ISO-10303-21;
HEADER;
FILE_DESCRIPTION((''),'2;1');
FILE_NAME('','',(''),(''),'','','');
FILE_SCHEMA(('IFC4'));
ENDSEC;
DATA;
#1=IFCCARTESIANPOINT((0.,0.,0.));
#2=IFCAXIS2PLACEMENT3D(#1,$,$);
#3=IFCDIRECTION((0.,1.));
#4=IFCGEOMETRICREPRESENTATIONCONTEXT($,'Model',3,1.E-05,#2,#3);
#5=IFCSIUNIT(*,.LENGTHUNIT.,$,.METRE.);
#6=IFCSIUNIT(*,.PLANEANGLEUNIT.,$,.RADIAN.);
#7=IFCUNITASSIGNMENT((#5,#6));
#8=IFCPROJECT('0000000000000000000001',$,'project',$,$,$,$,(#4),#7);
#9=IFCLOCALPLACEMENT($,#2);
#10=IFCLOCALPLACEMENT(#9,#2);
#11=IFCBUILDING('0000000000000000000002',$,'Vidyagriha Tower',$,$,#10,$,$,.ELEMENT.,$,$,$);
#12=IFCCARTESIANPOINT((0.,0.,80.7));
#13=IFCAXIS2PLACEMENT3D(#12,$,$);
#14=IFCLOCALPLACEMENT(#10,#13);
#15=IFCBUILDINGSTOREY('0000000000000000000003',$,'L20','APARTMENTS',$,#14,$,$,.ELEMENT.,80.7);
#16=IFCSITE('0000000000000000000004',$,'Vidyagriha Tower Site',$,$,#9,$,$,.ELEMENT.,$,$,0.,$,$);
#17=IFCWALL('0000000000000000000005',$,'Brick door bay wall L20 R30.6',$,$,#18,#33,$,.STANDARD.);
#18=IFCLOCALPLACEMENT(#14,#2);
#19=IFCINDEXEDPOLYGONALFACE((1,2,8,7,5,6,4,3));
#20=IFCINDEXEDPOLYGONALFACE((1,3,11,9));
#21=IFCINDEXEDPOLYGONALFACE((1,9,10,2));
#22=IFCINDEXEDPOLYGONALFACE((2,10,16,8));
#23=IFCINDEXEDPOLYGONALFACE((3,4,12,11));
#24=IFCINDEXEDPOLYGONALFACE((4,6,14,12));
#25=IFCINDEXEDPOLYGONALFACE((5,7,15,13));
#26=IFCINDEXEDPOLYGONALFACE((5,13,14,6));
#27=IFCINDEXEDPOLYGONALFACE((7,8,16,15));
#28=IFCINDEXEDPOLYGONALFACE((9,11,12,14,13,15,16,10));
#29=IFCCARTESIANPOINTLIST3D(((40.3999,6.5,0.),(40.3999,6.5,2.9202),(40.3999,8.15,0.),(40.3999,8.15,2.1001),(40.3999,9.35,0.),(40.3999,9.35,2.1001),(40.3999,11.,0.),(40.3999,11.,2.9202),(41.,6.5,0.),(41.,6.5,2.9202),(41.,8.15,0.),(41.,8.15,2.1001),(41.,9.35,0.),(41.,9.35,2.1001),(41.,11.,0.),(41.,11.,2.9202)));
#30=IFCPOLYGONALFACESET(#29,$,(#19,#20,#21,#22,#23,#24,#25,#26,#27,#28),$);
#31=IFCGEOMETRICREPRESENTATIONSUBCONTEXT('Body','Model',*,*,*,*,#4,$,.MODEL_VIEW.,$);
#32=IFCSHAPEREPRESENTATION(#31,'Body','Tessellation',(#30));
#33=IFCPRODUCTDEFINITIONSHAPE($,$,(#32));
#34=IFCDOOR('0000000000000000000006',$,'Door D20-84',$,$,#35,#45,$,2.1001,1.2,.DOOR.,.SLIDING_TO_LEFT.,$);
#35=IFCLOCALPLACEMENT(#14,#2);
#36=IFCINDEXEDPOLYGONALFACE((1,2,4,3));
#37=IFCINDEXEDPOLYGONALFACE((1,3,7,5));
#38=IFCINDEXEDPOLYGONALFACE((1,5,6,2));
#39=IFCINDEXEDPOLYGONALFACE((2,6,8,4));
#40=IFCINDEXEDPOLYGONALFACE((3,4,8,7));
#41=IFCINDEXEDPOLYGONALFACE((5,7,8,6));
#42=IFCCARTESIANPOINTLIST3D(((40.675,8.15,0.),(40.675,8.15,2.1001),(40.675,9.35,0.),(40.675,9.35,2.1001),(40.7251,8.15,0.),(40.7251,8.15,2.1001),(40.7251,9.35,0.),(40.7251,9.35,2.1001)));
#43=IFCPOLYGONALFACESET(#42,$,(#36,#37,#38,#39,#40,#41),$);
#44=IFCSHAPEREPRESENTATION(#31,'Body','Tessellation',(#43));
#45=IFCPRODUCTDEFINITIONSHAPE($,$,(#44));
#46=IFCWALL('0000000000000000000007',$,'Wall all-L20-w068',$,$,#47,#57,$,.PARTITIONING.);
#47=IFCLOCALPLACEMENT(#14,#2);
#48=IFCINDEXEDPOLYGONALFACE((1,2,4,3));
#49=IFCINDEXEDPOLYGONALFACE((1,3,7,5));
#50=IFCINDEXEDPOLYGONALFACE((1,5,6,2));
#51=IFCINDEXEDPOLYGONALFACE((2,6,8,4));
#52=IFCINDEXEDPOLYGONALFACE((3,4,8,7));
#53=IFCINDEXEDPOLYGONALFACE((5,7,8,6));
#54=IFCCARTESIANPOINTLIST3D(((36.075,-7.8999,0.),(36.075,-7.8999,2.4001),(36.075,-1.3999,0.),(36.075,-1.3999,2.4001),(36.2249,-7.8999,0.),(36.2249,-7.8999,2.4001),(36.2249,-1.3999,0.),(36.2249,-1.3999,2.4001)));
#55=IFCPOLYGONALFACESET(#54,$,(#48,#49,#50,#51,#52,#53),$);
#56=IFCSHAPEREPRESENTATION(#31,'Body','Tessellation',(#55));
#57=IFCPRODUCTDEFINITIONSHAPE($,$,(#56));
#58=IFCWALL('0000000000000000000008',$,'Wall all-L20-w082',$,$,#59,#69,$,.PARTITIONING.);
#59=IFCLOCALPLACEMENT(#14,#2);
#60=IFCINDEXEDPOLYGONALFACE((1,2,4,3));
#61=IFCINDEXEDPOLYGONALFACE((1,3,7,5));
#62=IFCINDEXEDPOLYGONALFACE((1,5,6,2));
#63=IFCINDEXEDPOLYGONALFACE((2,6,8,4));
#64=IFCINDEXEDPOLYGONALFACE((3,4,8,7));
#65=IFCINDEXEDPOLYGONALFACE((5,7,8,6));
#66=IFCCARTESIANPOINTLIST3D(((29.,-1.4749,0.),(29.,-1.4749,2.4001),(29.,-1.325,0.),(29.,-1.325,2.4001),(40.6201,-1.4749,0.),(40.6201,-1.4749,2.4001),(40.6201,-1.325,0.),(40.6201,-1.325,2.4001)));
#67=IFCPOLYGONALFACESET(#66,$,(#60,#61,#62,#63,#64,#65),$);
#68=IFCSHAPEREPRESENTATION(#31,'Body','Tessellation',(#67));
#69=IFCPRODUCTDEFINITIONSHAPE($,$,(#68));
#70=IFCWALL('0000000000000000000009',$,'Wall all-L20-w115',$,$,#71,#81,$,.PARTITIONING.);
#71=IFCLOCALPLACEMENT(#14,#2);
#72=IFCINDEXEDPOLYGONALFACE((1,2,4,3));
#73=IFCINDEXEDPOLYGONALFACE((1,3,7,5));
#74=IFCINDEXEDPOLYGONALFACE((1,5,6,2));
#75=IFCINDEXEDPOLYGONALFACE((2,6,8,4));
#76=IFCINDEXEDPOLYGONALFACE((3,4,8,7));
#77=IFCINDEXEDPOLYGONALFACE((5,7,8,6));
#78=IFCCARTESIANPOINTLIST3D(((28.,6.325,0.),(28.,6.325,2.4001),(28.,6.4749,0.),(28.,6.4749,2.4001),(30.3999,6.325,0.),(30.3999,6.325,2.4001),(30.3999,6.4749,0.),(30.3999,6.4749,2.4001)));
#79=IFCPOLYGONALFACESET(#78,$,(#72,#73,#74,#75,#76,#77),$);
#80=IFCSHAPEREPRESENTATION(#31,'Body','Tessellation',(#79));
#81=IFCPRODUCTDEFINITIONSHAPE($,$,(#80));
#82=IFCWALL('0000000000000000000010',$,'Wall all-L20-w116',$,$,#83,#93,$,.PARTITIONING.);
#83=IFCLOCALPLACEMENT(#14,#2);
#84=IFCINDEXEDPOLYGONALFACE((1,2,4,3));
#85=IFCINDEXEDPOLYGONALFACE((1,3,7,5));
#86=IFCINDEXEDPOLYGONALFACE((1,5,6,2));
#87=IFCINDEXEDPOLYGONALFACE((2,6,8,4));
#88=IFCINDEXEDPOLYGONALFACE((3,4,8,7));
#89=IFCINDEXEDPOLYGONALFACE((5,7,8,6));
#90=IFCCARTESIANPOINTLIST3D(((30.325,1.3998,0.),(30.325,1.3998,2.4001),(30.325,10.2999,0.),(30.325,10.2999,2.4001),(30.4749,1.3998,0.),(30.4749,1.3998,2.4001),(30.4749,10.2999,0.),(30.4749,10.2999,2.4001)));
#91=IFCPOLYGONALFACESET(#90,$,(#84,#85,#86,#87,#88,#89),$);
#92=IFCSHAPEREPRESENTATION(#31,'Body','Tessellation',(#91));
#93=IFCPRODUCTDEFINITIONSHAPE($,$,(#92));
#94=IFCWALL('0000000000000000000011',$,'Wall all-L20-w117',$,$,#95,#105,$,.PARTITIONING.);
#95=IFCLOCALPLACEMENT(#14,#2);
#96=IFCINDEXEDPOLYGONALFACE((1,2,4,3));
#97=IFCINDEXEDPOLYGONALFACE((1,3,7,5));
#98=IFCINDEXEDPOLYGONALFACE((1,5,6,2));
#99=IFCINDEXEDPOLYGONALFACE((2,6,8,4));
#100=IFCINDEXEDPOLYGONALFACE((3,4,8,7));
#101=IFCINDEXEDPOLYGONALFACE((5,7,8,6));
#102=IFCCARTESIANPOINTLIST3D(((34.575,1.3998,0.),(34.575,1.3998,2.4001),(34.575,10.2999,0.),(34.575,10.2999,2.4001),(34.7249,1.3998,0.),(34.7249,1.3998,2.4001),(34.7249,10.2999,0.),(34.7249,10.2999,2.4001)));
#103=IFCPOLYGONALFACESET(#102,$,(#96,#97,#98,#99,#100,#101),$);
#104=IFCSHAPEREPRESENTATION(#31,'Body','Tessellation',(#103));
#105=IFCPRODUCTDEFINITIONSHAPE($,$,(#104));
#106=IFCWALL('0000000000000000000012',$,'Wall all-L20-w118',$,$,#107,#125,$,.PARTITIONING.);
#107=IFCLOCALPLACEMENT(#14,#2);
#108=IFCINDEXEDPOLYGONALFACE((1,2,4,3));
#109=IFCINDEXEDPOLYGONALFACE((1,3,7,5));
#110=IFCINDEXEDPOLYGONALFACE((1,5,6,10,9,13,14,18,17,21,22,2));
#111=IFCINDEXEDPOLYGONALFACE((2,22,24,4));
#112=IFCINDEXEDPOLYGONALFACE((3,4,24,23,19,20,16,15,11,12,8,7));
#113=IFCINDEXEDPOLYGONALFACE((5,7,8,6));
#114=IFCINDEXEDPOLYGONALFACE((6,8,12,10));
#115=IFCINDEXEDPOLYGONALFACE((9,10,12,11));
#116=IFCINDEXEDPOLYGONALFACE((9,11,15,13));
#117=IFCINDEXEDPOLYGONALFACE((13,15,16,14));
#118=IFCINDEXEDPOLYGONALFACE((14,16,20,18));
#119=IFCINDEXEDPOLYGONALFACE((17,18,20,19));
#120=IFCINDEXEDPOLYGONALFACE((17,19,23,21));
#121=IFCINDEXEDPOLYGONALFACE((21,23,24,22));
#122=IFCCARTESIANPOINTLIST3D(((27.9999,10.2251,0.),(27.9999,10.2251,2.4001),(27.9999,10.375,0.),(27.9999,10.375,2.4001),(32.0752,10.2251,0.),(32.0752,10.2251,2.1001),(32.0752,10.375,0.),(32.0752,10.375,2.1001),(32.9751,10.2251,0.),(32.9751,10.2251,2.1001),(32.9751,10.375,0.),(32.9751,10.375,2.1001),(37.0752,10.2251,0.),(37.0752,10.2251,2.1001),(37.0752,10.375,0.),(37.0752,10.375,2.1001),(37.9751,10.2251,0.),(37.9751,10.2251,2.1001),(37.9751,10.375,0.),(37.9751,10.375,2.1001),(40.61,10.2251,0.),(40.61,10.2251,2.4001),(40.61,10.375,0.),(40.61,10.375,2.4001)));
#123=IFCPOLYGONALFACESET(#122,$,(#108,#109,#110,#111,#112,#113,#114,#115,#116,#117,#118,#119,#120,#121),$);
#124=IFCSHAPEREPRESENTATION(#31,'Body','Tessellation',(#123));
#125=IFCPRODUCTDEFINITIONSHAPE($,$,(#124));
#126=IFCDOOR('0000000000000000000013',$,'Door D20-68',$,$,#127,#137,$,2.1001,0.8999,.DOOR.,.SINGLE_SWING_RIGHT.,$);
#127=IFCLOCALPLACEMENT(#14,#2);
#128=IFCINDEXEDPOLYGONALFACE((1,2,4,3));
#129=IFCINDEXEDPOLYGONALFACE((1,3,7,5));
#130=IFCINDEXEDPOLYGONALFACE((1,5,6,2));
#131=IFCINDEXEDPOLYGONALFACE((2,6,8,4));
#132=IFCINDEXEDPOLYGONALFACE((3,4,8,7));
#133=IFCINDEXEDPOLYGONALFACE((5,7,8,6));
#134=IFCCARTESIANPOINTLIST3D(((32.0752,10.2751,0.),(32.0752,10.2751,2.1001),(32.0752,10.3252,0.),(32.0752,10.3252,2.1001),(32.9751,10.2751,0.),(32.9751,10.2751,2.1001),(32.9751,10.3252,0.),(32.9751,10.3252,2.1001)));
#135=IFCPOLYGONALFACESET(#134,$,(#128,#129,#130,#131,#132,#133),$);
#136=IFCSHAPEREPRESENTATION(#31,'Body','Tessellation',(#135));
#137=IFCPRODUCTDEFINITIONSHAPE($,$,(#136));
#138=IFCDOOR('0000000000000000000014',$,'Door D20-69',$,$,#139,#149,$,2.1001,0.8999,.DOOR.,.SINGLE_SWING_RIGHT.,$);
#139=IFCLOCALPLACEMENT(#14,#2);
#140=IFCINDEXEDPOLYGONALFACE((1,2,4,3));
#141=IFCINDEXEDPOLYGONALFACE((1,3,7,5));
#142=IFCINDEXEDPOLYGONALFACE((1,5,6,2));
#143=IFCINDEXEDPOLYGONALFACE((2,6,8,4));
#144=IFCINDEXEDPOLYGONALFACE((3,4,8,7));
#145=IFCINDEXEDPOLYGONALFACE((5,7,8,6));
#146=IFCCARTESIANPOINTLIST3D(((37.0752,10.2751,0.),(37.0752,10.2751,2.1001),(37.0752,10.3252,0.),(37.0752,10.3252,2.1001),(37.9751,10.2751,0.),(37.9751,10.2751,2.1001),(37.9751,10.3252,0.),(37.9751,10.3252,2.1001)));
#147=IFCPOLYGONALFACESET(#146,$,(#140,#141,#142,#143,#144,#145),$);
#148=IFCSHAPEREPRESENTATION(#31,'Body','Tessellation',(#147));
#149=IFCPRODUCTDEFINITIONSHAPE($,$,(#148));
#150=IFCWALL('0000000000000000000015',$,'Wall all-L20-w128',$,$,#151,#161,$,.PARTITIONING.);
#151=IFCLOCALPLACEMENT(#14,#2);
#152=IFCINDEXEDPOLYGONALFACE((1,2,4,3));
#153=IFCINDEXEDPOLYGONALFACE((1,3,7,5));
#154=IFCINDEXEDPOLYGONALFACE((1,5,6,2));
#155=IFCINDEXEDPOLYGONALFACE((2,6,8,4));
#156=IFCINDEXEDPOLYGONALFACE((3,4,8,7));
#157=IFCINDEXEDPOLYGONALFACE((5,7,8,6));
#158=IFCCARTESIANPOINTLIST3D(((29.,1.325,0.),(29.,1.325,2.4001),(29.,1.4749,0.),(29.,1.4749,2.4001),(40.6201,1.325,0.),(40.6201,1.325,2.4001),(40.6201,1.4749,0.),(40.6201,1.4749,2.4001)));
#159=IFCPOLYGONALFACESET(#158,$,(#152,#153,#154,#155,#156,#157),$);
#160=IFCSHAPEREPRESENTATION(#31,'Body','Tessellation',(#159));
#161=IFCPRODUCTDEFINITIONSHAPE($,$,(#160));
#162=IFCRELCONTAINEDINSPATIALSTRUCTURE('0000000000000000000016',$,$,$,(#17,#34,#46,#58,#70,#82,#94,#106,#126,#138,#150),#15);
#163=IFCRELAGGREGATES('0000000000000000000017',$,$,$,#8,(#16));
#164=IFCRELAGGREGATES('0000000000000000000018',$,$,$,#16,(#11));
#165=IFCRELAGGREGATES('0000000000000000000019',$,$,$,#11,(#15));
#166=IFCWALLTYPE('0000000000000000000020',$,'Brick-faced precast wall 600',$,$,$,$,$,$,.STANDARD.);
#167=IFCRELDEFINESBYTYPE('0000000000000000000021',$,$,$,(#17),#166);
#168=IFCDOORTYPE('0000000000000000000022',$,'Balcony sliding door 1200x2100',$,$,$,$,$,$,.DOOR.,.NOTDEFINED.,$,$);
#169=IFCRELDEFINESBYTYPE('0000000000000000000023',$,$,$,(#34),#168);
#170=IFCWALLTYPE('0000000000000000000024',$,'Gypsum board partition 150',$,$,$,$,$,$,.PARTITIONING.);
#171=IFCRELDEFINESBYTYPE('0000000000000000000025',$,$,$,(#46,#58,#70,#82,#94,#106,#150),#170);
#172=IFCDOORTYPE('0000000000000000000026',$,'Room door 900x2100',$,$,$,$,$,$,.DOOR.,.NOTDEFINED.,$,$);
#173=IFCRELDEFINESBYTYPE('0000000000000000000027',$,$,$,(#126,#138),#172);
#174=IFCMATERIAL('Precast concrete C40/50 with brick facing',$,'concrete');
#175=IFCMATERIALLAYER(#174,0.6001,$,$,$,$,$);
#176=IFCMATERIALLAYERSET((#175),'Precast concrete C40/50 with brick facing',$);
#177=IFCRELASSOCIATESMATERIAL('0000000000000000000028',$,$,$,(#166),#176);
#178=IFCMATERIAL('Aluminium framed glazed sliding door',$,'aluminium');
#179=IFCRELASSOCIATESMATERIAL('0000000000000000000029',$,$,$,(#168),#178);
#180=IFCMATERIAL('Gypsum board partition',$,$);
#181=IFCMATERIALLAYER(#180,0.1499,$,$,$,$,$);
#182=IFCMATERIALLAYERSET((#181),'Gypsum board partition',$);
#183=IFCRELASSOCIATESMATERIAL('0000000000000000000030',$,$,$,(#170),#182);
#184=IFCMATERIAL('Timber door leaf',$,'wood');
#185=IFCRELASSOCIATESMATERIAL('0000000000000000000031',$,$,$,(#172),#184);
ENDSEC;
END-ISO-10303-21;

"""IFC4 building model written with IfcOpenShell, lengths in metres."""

from ifc_helpers import new_model, si_unit, direction, frame, frame_2d, origin, place, context, subcontext, project, spatial, rectangle, extrude, material, layer, layer_set, type_object, element, fill, save


model = new_model("IFC4")

# Units and contexts
model_context = context("Model", 3, precision=1e-05, world=origin(), true_north=direction((0.0, 1.0)))
body_context = subcontext(model_context, "Body", "Model", "MODEL_VIEW")
ifc_project = project(units=[si_unit("LENGTHUNIT", "METRE"), si_unit("PLANEANGLEUNIT", "RADIAN")], contexts=[model_context])

# Site, building, storey
site_placement = place(None, origin())
site = spatial("IfcSite", under=ifc_project, at=site_placement, Name="Vidyagriha Tower Site", CompositionType="ELEMENT", RefElevation=0.0)
building_placement = place(site_placement, origin())
building = spatial("IfcBuilding", under=site, at=building_placement, Name="Vidyagriha Tower", CompositionType="ELEMENT")
storey_placement = place(building_placement, frame((0.0, 0.0, 80.7)))
storey = spatial("IfcBuildingStorey", under=building, at=storey_placement, Name="L20", Description="APARTMENTS", CompositionType="ELEMENT", Elevation=80.7)

# Wall, opening, door
ifc_material_1 = material(Name="Precast concrete C40/50 with brick facing", Category="concrete")
ifc_layer_1 = layer(ifc_material_1, 0.6001)
ifc_layer_set_1 = layer_set([ifc_layer_1], Name="Precast concrete C40/50 with brick facing")
wall_type_1 = type_object("IfcWallType", Name="Brick-faced precast wall 600", PredefinedType="STANDARD", material=ifc_layer_set_1)
wall_1_placement = place(storey_placement, frame((40.7, 6.5, 0.0), z_axis=(0.0, 0.0, 1.0), x_axis=(0.0, 1.0, 0.0)))
wall_1 = element("IfcWall", 1, at=wall_1_placement, inside=storey, type_object=wall_type_1, Name="Brick door bay wall L20 R30.6", PredefinedType="STANDARD", context=body_context, shape_type="SweptSolid", body=[
    extrude(rectangle(XDim=4.5, YDim=0.6001, at=frame_2d((2.25, 0.0))), origin(), (0.0, 0.0, 1.0), 2.9202),
])
opening_1_placement = place(wall_1_placement, frame((1.6499, 0.0, 0.0)))
opening_1 = element("IfcOpeningElement", 2, at=opening_1_placement, cuts=wall_1, PredefinedType="OPENING", context=body_context, shape_type="SweptSolid", body=[
    extrude(rectangle(XDim=1.2, YDim=2.1001, at=frame_2d((0.6001, 1.05))), frame((0.0, 0.3101, 0.0), z_axis=(0.0, -1.0, 0.0), x_axis=(1.0, 0.0, 0.0)), (0.0, 0.0, 1.0), 0.6201),
])
ifc_material_2 = material(Name="Aluminium framed glazed sliding door", Category="aluminium")
door_type_1 = type_object("IfcDoorType", Name="Balcony sliding door 1200x2100", OperationType="NOTDEFINED", PredefinedType="DOOR", material=ifc_material_2)
door_1_placement = place(opening_1_placement, origin())
door_1 = element("IfcDoor", 3, at=door_1_placement, inside=storey, type_object=door_type_1, Name="Door D20-84", OperationType="SLIDING_TO_LEFT", OverallHeight=2.1001, OverallWidth=1.2, PredefinedType="DOOR", context=body_context, shape_type="SweptSolid", body=[
    extrude(rectangle(XDim=1.2, YDim=2.1001, at=frame_2d((0.6001, 1.05))), frame((0.0, 0.0249, 0.0), z_axis=(0.0, -1.0, 0.0), x_axis=(1.0, 0.0, 0.0)), (0.0, 0.0, 1.0), 0.05),
])
fill(opening_1, door_1)

# Walls
ifc_material_3 = material(Name="Gypsum board partition")
ifc_layer_2 = layer(ifc_material_3, 0.1499)
ifc_layer_set_2 = layer_set([ifc_layer_2], Name="Gypsum board partition")
wall_type_2 = type_object("IfcWallType", Name="Gypsum board partition 150", PredefinedType="PARTITIONING", material=ifc_layer_set_2)
wall_2_placement = place(storey_placement, frame((36.1499, -1.3999, 0.0), z_axis=(0.0, 0.0, 1.0), x_axis=(0.0, -1.0, 0.0)))
element("IfcWall", 4, at=wall_2_placement, inside=storey, type_object=wall_type_2, Name="Wall all-L20-w068", PredefinedType="PARTITIONING", context=body_context, shape_type="SweptSolid", body=[
    extrude(rectangle(XDim=6.5, YDim=0.1499, at=frame_2d((3.25, 0.0))), origin(), (0.0, 0.0, 1.0), 2.4001),
])
wall_3_placement = place(storey_placement, frame((40.6201, -1.3999, 0.0), z_axis=(0.0, 0.0, 1.0), x_axis=(-1.0, 0.0, 0.0)))
element("IfcWall", 5, at=wall_3_placement, inside=storey, type_object=wall_type_2, Name="Wall all-L20-w082", PredefinedType="PARTITIONING", context=body_context, shape_type="SweptSolid", body=[
    extrude(rectangle(XDim=11.6201, YDim=0.1499, at=frame_2d((5.8101, 0.0))), origin(), (0.0, 0.0, 1.0), 2.4001),
])
wall_4_placement = place(storey_placement, frame((28.0, 6.3999, 0.0)))
element("IfcWall", 6, at=wall_4_placement, inside=storey, type_object=wall_type_2, Name="Wall all-L20-w115", PredefinedType="PARTITIONING", context=body_context, shape_type="SweptSolid", body=[
    extrude(rectangle(XDim=2.3999, YDim=0.1499, at=frame_2d((1.2, 0.0))), origin(), (0.0, 0.0, 1.0), 2.4001),
])
for number, where, z_axis, x_axis, name in (
    (7, (30.3999, 10.3, 0.0), (0.0, 0.0, 1.0), (0.0, -1.0, 0.0), "Wall all-L20-w116"),
    (8, (34.6499, 10.3, 0.0), (0.0, 0.0, 1.0), (0.0, -1.0, 0.0), "Wall all-L20-w117"),
):
    element("IfcWall", number, at=place(storey_placement, frame(where, z_axis=z_axis, x_axis=x_axis)), inside=storey, type_object=wall_type_2, Name=name, PredefinedType="PARTITIONING", context=body_context, shape_type="SweptSolid", body=[
        extrude(rectangle(XDim=8.9001, YDim=0.1499, at=frame_2d((4.4502, 0.0))), origin(), (0.0, 0.0, 1.0), 2.4001),
    ])

# Wall, openings, doors
wall_5_placement = place(storey_placement, frame((40.6101, 10.3, 0.0), z_axis=(0.0, 0.0, 1.0), x_axis=(-1.0, 0.0, 0.0)))
wall_5 = element("IfcWall", 9, at=wall_5_placement, inside=storey, type_object=wall_type_2, Name="Wall all-L20-w118", PredefinedType="PARTITIONING", context=body_context, shape_type="SweptSolid", body=[
    extrude(rectangle(XDim=12.6101, YDim=0.1499, at=frame_2d((6.3052, 0.0))), origin(), (0.0, 0.0, 1.0), 2.4001),
])
opening_2_placement = place(wall_5_placement, frame((7.635, 0.0, 0.0)))
opening_2 = element("IfcOpeningElement", 10, at=opening_2_placement, cuts=wall_5, PredefinedType="OPENING", context=body_context, shape_type="SweptSolid", body=[
    extrude(rectangle(XDim=0.8999, YDim=2.1001, at=frame_2d((0.45, 1.05))), frame((0.0, 0.085, 0.0), z_axis=(0.0, -1.0, 0.0), x_axis=(1.0, 0.0, 0.0)), (0.0, 0.0, 1.0), 0.1699),
])
opening_3_placement = place(wall_5_placement, frame((2.635, 0.0, 0.0)))
opening_3 = element("IfcOpeningElement", 11, at=opening_3_placement, cuts=wall_5, PredefinedType="OPENING", context=body_context, shape_type="SweptSolid", body=[
    extrude(rectangle(XDim=0.8999, YDim=2.1001, at=frame_2d((0.45, 1.05))), frame((0.0, 0.085, 0.0), z_axis=(0.0, -1.0, 0.0), x_axis=(1.0, 0.0, 0.0)), (0.0, 0.0, 1.0), 0.1699),
])
ifc_material_4 = material(Name="Timber door leaf", Category="wood")
door_type_2 = type_object("IfcDoorType", Name="Room door 900x2100", OperationType="NOTDEFINED", PredefinedType="DOOR", material=ifc_material_4)
door_2_placement = place(opening_2_placement, origin())
door_2 = element("IfcDoor", 12, at=door_2_placement, inside=storey, type_object=door_type_2, Name="Door D20-68", OperationType="SINGLE_SWING_RIGHT", OverallHeight=2.1001, OverallWidth=0.8999, PredefinedType="DOOR", context=body_context, shape_type="SweptSolid", body=[
    extrude(rectangle(XDim=0.8999, YDim=2.1001, at=frame_2d((0.45, 1.05))), frame((0.0, 0.0249, 0.0), z_axis=(0.0, -1.0, 0.0), x_axis=(1.0, 0.0, 0.0)), (0.0, 0.0, 1.0), 0.05),
])
fill(opening_2, door_2)
door_3_placement = place(opening_3_placement, origin())
door_3 = element("IfcDoor", 13, at=door_3_placement, inside=storey, type_object=door_type_2, Name="Door D20-69", OperationType="SINGLE_SWING_RIGHT", OverallHeight=2.1001, OverallWidth=0.8999, PredefinedType="DOOR", context=body_context, shape_type="SweptSolid", body=[
    extrude(rectangle(XDim=0.8999, YDim=2.1001, at=frame_2d((0.45, 1.05))), frame((0.0, 0.0249, 0.0), z_axis=(0.0, -1.0, 0.0), x_axis=(1.0, 0.0, 0.0)), (0.0, 0.0, 1.0), 0.05),
])
fill(opening_3, door_3)

# Wall
wall_6_placement = place(storey_placement, frame((29.0, 1.3999, 0.0)))
element("IfcWall", 14, at=wall_6_placement, inside=storey, type_object=wall_type_2, Name="Wall all-L20-w128", PredefinedType="PARTITIONING", context=body_context, shape_type="SweptSolid", body=[
    extrude(rectangle(XDim=11.6201, YDim=0.1499, at=frame_2d((5.8101, 0.0))), origin(), (0.0, 0.0, 1.0), 2.4001),
])

save(model, "model.ifc")
